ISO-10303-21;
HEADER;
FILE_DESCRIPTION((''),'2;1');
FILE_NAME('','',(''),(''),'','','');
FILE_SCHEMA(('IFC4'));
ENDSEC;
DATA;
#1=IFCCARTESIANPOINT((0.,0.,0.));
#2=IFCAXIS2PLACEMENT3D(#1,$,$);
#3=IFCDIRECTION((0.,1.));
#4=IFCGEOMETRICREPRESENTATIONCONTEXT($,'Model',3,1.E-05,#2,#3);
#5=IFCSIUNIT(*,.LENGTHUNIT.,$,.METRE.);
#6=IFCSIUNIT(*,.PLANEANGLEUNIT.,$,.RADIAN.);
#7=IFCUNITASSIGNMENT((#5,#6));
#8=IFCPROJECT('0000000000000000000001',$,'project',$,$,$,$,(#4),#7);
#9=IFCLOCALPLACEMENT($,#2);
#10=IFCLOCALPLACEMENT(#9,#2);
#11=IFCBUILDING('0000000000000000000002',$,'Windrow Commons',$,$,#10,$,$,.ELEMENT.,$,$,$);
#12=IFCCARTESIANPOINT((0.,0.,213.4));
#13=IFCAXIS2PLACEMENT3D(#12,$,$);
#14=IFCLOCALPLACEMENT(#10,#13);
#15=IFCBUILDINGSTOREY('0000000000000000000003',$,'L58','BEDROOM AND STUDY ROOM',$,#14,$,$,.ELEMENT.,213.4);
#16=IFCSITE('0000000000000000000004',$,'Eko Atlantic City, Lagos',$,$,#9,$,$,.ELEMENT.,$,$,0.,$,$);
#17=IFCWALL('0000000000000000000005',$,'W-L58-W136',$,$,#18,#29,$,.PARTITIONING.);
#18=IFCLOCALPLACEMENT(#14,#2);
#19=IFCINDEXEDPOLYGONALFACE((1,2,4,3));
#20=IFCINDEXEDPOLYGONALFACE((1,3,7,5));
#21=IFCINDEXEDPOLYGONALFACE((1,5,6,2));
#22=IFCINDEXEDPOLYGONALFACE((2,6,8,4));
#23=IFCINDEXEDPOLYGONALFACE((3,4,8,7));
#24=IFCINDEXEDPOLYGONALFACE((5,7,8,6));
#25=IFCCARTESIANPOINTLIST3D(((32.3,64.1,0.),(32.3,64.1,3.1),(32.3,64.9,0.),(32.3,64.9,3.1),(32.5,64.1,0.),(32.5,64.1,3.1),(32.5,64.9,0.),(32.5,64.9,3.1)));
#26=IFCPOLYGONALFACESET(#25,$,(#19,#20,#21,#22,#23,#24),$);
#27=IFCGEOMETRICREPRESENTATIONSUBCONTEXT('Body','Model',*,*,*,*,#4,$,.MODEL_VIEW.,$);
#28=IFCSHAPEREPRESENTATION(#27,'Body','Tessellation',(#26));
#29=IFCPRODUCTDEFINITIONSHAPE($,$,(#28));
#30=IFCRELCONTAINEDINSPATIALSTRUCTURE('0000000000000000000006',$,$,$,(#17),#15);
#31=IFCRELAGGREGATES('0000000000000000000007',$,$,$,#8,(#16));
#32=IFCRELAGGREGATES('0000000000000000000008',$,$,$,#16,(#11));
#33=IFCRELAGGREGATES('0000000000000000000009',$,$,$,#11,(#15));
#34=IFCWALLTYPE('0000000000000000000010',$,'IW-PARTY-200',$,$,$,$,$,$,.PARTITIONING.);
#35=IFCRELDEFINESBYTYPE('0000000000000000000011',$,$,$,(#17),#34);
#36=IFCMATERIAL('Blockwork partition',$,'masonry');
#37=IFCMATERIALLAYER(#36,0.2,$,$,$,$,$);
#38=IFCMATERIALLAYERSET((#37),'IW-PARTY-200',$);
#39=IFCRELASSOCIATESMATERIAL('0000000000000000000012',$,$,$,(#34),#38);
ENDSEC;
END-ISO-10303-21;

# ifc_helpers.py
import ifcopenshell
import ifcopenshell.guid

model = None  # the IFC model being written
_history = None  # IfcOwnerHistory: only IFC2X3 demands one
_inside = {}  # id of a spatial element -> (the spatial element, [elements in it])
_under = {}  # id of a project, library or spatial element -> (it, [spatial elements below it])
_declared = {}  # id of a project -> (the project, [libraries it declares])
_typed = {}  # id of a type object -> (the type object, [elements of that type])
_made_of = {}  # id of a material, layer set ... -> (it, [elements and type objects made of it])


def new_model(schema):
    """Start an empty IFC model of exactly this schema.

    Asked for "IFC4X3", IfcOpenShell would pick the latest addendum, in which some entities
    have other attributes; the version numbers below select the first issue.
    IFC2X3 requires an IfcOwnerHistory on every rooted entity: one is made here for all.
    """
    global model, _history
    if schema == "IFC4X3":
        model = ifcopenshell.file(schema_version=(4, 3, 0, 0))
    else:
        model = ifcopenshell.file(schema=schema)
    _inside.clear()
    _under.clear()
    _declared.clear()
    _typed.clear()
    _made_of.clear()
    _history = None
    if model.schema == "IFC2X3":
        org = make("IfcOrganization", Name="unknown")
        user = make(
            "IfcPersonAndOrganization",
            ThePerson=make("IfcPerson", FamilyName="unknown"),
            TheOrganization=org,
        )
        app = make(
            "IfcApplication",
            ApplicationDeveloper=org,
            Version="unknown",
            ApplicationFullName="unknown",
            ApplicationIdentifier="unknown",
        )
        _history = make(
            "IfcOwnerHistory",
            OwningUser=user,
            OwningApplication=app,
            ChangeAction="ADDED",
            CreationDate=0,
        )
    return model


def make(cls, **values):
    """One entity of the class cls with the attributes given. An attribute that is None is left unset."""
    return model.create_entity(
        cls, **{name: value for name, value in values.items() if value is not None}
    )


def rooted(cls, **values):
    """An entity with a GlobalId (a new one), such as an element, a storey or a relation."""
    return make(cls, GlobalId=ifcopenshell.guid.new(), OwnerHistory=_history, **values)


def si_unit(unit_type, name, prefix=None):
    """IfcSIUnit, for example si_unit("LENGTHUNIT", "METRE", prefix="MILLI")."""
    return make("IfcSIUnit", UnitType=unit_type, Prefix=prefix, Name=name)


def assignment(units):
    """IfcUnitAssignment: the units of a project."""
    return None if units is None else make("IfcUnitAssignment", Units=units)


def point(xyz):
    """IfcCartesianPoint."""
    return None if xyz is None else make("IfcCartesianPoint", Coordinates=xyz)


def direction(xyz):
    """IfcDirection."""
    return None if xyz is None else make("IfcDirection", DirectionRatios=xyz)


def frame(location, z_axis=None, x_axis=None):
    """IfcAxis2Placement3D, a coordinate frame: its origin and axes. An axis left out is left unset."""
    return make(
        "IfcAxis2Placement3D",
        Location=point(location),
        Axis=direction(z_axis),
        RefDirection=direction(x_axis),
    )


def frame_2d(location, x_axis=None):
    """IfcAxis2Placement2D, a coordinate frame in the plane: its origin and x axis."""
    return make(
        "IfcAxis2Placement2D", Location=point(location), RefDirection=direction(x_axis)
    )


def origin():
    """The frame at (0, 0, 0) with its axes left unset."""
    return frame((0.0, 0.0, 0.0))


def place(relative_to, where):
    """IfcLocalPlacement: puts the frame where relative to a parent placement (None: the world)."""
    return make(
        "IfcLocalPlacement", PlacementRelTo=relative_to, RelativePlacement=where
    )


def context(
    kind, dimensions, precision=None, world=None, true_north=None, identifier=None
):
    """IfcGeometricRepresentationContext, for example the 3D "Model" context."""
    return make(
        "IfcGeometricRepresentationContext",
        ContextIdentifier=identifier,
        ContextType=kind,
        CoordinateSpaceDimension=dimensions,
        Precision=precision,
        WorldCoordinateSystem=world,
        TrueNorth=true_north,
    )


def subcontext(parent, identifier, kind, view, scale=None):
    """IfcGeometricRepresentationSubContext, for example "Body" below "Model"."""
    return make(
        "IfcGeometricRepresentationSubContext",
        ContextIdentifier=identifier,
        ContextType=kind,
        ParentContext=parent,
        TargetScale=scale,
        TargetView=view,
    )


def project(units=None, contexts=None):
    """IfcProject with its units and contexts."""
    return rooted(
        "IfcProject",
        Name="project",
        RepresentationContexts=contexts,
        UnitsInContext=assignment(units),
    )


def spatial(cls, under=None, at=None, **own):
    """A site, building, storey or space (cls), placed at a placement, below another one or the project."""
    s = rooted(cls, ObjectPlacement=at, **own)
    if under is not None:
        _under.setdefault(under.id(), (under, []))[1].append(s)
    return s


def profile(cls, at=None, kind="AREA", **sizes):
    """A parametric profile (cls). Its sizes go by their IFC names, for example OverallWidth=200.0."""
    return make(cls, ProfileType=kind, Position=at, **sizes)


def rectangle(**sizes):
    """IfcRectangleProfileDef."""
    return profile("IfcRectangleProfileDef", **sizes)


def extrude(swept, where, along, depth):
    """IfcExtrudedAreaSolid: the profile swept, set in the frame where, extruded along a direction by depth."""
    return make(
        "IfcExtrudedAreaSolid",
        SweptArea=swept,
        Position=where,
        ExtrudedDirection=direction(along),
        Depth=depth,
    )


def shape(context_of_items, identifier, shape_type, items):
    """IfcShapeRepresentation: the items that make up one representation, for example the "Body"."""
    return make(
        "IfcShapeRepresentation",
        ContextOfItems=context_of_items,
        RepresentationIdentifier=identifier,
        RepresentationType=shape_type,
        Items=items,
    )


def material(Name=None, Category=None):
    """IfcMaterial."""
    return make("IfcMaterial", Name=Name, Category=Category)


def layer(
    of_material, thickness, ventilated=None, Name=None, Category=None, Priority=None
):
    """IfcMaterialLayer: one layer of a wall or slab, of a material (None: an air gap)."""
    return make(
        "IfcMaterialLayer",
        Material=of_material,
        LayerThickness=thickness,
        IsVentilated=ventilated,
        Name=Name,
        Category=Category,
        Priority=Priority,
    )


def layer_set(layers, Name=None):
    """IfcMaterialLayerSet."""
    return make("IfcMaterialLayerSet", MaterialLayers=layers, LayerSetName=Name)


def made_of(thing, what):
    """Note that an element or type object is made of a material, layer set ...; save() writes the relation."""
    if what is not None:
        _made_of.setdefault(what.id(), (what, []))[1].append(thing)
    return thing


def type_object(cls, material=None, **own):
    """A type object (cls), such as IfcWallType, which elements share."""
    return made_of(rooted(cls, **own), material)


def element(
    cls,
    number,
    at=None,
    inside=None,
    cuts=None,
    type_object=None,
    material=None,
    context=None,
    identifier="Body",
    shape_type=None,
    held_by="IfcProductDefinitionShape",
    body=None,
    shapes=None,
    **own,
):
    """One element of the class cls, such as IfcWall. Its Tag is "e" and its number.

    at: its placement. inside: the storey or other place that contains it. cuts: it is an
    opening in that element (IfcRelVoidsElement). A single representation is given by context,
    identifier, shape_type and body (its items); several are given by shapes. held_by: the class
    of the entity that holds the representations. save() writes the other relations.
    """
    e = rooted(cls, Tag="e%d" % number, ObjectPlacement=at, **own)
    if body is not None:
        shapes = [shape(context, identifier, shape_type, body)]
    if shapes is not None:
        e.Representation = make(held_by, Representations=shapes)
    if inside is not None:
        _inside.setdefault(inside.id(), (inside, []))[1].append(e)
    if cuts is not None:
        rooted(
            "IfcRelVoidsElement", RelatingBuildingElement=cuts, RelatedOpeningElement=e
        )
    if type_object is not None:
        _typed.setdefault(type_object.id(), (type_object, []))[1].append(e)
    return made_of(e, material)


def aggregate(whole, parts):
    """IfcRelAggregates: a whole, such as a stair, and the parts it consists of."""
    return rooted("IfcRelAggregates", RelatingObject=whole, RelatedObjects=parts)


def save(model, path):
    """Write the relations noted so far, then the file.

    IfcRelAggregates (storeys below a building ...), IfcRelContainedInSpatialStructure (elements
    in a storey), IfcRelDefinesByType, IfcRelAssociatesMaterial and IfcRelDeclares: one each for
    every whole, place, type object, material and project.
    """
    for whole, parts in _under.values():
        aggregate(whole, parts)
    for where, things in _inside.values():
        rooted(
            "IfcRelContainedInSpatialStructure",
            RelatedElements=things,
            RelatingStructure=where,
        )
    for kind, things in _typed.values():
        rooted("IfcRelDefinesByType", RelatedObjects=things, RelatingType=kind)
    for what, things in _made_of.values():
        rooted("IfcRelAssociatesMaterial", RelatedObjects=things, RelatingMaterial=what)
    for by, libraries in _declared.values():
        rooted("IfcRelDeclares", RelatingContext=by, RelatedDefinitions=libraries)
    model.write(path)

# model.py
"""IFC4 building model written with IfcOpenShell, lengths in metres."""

from ifc_helpers import new_model, si_unit, direction, frame, frame_2d, origin, place, context, subcontext, project, spatial, rectangle, extrude, material, layer, layer_set, type_object, element, save


model = new_model("IFC4")

# Units and contexts
model_context = context("Model", 3, precision=1e-05, world=origin(), true_north=direction((0.0, 1.0)))
body_context = subcontext(model_context, "Body", "Model", "MODEL_VIEW")
ifc_project = project(units=[si_unit("LENGTHUNIT", "METRE"), si_unit("PLANEANGLEUNIT", "RADIAN")], contexts=[model_context])

# Site, building, storey
site_placement = place(None, origin())
site = spatial("IfcSite", under=ifc_project, at=site_placement, Name="Eko Atlantic City, Lagos", CompositionType="ELEMENT", RefElevation=0.0)
building_placement = place(site_placement, origin())
building = spatial("IfcBuilding", under=site, at=building_placement, Name="Windrow Commons", CompositionType="ELEMENT")
storey_placement = place(building_placement, frame((0.0, 0.0, 213.4)))
storey = spatial("IfcBuildingStorey", under=building, at=storey_placement, Name="L58", Description="BEDROOM AND STUDY ROOM", CompositionType="ELEMENT", Elevation=213.4)

# Wall
ifc_material_1 = material(Name="Blockwork partition", Category="masonry")
ifc_layer_1 = layer(ifc_material_1, 0.2)
ifc_layer_set_1 = layer_set([ifc_layer_1], Name="IW-PARTY-200")
wall_type_1 = type_object("IfcWallType", Name="IW-PARTY-200", PredefinedType="PARTITIONING", material=ifc_layer_set_1)
wall_1_placement = place(storey_placement, frame((32.4, 64.1, 0.0), z_axis=(0.0, 0.0, 1.0), x_axis=(0.0, 1.0, 0.0)))
element("IfcWall", 1, at=wall_1_placement, inside=storey, type_object=wall_type_1, Name="W-L58-W136", PredefinedType="PARTITIONING", context=body_context, shape_type="SweptSolid", body=[
    extrude(rectangle(XDim=0.8, YDim=0.2, at=frame_2d((0.4, 0.0))), origin(), (0.0, 0.0, 1.0), 3.1),
])

save(model, "model.ifc")
